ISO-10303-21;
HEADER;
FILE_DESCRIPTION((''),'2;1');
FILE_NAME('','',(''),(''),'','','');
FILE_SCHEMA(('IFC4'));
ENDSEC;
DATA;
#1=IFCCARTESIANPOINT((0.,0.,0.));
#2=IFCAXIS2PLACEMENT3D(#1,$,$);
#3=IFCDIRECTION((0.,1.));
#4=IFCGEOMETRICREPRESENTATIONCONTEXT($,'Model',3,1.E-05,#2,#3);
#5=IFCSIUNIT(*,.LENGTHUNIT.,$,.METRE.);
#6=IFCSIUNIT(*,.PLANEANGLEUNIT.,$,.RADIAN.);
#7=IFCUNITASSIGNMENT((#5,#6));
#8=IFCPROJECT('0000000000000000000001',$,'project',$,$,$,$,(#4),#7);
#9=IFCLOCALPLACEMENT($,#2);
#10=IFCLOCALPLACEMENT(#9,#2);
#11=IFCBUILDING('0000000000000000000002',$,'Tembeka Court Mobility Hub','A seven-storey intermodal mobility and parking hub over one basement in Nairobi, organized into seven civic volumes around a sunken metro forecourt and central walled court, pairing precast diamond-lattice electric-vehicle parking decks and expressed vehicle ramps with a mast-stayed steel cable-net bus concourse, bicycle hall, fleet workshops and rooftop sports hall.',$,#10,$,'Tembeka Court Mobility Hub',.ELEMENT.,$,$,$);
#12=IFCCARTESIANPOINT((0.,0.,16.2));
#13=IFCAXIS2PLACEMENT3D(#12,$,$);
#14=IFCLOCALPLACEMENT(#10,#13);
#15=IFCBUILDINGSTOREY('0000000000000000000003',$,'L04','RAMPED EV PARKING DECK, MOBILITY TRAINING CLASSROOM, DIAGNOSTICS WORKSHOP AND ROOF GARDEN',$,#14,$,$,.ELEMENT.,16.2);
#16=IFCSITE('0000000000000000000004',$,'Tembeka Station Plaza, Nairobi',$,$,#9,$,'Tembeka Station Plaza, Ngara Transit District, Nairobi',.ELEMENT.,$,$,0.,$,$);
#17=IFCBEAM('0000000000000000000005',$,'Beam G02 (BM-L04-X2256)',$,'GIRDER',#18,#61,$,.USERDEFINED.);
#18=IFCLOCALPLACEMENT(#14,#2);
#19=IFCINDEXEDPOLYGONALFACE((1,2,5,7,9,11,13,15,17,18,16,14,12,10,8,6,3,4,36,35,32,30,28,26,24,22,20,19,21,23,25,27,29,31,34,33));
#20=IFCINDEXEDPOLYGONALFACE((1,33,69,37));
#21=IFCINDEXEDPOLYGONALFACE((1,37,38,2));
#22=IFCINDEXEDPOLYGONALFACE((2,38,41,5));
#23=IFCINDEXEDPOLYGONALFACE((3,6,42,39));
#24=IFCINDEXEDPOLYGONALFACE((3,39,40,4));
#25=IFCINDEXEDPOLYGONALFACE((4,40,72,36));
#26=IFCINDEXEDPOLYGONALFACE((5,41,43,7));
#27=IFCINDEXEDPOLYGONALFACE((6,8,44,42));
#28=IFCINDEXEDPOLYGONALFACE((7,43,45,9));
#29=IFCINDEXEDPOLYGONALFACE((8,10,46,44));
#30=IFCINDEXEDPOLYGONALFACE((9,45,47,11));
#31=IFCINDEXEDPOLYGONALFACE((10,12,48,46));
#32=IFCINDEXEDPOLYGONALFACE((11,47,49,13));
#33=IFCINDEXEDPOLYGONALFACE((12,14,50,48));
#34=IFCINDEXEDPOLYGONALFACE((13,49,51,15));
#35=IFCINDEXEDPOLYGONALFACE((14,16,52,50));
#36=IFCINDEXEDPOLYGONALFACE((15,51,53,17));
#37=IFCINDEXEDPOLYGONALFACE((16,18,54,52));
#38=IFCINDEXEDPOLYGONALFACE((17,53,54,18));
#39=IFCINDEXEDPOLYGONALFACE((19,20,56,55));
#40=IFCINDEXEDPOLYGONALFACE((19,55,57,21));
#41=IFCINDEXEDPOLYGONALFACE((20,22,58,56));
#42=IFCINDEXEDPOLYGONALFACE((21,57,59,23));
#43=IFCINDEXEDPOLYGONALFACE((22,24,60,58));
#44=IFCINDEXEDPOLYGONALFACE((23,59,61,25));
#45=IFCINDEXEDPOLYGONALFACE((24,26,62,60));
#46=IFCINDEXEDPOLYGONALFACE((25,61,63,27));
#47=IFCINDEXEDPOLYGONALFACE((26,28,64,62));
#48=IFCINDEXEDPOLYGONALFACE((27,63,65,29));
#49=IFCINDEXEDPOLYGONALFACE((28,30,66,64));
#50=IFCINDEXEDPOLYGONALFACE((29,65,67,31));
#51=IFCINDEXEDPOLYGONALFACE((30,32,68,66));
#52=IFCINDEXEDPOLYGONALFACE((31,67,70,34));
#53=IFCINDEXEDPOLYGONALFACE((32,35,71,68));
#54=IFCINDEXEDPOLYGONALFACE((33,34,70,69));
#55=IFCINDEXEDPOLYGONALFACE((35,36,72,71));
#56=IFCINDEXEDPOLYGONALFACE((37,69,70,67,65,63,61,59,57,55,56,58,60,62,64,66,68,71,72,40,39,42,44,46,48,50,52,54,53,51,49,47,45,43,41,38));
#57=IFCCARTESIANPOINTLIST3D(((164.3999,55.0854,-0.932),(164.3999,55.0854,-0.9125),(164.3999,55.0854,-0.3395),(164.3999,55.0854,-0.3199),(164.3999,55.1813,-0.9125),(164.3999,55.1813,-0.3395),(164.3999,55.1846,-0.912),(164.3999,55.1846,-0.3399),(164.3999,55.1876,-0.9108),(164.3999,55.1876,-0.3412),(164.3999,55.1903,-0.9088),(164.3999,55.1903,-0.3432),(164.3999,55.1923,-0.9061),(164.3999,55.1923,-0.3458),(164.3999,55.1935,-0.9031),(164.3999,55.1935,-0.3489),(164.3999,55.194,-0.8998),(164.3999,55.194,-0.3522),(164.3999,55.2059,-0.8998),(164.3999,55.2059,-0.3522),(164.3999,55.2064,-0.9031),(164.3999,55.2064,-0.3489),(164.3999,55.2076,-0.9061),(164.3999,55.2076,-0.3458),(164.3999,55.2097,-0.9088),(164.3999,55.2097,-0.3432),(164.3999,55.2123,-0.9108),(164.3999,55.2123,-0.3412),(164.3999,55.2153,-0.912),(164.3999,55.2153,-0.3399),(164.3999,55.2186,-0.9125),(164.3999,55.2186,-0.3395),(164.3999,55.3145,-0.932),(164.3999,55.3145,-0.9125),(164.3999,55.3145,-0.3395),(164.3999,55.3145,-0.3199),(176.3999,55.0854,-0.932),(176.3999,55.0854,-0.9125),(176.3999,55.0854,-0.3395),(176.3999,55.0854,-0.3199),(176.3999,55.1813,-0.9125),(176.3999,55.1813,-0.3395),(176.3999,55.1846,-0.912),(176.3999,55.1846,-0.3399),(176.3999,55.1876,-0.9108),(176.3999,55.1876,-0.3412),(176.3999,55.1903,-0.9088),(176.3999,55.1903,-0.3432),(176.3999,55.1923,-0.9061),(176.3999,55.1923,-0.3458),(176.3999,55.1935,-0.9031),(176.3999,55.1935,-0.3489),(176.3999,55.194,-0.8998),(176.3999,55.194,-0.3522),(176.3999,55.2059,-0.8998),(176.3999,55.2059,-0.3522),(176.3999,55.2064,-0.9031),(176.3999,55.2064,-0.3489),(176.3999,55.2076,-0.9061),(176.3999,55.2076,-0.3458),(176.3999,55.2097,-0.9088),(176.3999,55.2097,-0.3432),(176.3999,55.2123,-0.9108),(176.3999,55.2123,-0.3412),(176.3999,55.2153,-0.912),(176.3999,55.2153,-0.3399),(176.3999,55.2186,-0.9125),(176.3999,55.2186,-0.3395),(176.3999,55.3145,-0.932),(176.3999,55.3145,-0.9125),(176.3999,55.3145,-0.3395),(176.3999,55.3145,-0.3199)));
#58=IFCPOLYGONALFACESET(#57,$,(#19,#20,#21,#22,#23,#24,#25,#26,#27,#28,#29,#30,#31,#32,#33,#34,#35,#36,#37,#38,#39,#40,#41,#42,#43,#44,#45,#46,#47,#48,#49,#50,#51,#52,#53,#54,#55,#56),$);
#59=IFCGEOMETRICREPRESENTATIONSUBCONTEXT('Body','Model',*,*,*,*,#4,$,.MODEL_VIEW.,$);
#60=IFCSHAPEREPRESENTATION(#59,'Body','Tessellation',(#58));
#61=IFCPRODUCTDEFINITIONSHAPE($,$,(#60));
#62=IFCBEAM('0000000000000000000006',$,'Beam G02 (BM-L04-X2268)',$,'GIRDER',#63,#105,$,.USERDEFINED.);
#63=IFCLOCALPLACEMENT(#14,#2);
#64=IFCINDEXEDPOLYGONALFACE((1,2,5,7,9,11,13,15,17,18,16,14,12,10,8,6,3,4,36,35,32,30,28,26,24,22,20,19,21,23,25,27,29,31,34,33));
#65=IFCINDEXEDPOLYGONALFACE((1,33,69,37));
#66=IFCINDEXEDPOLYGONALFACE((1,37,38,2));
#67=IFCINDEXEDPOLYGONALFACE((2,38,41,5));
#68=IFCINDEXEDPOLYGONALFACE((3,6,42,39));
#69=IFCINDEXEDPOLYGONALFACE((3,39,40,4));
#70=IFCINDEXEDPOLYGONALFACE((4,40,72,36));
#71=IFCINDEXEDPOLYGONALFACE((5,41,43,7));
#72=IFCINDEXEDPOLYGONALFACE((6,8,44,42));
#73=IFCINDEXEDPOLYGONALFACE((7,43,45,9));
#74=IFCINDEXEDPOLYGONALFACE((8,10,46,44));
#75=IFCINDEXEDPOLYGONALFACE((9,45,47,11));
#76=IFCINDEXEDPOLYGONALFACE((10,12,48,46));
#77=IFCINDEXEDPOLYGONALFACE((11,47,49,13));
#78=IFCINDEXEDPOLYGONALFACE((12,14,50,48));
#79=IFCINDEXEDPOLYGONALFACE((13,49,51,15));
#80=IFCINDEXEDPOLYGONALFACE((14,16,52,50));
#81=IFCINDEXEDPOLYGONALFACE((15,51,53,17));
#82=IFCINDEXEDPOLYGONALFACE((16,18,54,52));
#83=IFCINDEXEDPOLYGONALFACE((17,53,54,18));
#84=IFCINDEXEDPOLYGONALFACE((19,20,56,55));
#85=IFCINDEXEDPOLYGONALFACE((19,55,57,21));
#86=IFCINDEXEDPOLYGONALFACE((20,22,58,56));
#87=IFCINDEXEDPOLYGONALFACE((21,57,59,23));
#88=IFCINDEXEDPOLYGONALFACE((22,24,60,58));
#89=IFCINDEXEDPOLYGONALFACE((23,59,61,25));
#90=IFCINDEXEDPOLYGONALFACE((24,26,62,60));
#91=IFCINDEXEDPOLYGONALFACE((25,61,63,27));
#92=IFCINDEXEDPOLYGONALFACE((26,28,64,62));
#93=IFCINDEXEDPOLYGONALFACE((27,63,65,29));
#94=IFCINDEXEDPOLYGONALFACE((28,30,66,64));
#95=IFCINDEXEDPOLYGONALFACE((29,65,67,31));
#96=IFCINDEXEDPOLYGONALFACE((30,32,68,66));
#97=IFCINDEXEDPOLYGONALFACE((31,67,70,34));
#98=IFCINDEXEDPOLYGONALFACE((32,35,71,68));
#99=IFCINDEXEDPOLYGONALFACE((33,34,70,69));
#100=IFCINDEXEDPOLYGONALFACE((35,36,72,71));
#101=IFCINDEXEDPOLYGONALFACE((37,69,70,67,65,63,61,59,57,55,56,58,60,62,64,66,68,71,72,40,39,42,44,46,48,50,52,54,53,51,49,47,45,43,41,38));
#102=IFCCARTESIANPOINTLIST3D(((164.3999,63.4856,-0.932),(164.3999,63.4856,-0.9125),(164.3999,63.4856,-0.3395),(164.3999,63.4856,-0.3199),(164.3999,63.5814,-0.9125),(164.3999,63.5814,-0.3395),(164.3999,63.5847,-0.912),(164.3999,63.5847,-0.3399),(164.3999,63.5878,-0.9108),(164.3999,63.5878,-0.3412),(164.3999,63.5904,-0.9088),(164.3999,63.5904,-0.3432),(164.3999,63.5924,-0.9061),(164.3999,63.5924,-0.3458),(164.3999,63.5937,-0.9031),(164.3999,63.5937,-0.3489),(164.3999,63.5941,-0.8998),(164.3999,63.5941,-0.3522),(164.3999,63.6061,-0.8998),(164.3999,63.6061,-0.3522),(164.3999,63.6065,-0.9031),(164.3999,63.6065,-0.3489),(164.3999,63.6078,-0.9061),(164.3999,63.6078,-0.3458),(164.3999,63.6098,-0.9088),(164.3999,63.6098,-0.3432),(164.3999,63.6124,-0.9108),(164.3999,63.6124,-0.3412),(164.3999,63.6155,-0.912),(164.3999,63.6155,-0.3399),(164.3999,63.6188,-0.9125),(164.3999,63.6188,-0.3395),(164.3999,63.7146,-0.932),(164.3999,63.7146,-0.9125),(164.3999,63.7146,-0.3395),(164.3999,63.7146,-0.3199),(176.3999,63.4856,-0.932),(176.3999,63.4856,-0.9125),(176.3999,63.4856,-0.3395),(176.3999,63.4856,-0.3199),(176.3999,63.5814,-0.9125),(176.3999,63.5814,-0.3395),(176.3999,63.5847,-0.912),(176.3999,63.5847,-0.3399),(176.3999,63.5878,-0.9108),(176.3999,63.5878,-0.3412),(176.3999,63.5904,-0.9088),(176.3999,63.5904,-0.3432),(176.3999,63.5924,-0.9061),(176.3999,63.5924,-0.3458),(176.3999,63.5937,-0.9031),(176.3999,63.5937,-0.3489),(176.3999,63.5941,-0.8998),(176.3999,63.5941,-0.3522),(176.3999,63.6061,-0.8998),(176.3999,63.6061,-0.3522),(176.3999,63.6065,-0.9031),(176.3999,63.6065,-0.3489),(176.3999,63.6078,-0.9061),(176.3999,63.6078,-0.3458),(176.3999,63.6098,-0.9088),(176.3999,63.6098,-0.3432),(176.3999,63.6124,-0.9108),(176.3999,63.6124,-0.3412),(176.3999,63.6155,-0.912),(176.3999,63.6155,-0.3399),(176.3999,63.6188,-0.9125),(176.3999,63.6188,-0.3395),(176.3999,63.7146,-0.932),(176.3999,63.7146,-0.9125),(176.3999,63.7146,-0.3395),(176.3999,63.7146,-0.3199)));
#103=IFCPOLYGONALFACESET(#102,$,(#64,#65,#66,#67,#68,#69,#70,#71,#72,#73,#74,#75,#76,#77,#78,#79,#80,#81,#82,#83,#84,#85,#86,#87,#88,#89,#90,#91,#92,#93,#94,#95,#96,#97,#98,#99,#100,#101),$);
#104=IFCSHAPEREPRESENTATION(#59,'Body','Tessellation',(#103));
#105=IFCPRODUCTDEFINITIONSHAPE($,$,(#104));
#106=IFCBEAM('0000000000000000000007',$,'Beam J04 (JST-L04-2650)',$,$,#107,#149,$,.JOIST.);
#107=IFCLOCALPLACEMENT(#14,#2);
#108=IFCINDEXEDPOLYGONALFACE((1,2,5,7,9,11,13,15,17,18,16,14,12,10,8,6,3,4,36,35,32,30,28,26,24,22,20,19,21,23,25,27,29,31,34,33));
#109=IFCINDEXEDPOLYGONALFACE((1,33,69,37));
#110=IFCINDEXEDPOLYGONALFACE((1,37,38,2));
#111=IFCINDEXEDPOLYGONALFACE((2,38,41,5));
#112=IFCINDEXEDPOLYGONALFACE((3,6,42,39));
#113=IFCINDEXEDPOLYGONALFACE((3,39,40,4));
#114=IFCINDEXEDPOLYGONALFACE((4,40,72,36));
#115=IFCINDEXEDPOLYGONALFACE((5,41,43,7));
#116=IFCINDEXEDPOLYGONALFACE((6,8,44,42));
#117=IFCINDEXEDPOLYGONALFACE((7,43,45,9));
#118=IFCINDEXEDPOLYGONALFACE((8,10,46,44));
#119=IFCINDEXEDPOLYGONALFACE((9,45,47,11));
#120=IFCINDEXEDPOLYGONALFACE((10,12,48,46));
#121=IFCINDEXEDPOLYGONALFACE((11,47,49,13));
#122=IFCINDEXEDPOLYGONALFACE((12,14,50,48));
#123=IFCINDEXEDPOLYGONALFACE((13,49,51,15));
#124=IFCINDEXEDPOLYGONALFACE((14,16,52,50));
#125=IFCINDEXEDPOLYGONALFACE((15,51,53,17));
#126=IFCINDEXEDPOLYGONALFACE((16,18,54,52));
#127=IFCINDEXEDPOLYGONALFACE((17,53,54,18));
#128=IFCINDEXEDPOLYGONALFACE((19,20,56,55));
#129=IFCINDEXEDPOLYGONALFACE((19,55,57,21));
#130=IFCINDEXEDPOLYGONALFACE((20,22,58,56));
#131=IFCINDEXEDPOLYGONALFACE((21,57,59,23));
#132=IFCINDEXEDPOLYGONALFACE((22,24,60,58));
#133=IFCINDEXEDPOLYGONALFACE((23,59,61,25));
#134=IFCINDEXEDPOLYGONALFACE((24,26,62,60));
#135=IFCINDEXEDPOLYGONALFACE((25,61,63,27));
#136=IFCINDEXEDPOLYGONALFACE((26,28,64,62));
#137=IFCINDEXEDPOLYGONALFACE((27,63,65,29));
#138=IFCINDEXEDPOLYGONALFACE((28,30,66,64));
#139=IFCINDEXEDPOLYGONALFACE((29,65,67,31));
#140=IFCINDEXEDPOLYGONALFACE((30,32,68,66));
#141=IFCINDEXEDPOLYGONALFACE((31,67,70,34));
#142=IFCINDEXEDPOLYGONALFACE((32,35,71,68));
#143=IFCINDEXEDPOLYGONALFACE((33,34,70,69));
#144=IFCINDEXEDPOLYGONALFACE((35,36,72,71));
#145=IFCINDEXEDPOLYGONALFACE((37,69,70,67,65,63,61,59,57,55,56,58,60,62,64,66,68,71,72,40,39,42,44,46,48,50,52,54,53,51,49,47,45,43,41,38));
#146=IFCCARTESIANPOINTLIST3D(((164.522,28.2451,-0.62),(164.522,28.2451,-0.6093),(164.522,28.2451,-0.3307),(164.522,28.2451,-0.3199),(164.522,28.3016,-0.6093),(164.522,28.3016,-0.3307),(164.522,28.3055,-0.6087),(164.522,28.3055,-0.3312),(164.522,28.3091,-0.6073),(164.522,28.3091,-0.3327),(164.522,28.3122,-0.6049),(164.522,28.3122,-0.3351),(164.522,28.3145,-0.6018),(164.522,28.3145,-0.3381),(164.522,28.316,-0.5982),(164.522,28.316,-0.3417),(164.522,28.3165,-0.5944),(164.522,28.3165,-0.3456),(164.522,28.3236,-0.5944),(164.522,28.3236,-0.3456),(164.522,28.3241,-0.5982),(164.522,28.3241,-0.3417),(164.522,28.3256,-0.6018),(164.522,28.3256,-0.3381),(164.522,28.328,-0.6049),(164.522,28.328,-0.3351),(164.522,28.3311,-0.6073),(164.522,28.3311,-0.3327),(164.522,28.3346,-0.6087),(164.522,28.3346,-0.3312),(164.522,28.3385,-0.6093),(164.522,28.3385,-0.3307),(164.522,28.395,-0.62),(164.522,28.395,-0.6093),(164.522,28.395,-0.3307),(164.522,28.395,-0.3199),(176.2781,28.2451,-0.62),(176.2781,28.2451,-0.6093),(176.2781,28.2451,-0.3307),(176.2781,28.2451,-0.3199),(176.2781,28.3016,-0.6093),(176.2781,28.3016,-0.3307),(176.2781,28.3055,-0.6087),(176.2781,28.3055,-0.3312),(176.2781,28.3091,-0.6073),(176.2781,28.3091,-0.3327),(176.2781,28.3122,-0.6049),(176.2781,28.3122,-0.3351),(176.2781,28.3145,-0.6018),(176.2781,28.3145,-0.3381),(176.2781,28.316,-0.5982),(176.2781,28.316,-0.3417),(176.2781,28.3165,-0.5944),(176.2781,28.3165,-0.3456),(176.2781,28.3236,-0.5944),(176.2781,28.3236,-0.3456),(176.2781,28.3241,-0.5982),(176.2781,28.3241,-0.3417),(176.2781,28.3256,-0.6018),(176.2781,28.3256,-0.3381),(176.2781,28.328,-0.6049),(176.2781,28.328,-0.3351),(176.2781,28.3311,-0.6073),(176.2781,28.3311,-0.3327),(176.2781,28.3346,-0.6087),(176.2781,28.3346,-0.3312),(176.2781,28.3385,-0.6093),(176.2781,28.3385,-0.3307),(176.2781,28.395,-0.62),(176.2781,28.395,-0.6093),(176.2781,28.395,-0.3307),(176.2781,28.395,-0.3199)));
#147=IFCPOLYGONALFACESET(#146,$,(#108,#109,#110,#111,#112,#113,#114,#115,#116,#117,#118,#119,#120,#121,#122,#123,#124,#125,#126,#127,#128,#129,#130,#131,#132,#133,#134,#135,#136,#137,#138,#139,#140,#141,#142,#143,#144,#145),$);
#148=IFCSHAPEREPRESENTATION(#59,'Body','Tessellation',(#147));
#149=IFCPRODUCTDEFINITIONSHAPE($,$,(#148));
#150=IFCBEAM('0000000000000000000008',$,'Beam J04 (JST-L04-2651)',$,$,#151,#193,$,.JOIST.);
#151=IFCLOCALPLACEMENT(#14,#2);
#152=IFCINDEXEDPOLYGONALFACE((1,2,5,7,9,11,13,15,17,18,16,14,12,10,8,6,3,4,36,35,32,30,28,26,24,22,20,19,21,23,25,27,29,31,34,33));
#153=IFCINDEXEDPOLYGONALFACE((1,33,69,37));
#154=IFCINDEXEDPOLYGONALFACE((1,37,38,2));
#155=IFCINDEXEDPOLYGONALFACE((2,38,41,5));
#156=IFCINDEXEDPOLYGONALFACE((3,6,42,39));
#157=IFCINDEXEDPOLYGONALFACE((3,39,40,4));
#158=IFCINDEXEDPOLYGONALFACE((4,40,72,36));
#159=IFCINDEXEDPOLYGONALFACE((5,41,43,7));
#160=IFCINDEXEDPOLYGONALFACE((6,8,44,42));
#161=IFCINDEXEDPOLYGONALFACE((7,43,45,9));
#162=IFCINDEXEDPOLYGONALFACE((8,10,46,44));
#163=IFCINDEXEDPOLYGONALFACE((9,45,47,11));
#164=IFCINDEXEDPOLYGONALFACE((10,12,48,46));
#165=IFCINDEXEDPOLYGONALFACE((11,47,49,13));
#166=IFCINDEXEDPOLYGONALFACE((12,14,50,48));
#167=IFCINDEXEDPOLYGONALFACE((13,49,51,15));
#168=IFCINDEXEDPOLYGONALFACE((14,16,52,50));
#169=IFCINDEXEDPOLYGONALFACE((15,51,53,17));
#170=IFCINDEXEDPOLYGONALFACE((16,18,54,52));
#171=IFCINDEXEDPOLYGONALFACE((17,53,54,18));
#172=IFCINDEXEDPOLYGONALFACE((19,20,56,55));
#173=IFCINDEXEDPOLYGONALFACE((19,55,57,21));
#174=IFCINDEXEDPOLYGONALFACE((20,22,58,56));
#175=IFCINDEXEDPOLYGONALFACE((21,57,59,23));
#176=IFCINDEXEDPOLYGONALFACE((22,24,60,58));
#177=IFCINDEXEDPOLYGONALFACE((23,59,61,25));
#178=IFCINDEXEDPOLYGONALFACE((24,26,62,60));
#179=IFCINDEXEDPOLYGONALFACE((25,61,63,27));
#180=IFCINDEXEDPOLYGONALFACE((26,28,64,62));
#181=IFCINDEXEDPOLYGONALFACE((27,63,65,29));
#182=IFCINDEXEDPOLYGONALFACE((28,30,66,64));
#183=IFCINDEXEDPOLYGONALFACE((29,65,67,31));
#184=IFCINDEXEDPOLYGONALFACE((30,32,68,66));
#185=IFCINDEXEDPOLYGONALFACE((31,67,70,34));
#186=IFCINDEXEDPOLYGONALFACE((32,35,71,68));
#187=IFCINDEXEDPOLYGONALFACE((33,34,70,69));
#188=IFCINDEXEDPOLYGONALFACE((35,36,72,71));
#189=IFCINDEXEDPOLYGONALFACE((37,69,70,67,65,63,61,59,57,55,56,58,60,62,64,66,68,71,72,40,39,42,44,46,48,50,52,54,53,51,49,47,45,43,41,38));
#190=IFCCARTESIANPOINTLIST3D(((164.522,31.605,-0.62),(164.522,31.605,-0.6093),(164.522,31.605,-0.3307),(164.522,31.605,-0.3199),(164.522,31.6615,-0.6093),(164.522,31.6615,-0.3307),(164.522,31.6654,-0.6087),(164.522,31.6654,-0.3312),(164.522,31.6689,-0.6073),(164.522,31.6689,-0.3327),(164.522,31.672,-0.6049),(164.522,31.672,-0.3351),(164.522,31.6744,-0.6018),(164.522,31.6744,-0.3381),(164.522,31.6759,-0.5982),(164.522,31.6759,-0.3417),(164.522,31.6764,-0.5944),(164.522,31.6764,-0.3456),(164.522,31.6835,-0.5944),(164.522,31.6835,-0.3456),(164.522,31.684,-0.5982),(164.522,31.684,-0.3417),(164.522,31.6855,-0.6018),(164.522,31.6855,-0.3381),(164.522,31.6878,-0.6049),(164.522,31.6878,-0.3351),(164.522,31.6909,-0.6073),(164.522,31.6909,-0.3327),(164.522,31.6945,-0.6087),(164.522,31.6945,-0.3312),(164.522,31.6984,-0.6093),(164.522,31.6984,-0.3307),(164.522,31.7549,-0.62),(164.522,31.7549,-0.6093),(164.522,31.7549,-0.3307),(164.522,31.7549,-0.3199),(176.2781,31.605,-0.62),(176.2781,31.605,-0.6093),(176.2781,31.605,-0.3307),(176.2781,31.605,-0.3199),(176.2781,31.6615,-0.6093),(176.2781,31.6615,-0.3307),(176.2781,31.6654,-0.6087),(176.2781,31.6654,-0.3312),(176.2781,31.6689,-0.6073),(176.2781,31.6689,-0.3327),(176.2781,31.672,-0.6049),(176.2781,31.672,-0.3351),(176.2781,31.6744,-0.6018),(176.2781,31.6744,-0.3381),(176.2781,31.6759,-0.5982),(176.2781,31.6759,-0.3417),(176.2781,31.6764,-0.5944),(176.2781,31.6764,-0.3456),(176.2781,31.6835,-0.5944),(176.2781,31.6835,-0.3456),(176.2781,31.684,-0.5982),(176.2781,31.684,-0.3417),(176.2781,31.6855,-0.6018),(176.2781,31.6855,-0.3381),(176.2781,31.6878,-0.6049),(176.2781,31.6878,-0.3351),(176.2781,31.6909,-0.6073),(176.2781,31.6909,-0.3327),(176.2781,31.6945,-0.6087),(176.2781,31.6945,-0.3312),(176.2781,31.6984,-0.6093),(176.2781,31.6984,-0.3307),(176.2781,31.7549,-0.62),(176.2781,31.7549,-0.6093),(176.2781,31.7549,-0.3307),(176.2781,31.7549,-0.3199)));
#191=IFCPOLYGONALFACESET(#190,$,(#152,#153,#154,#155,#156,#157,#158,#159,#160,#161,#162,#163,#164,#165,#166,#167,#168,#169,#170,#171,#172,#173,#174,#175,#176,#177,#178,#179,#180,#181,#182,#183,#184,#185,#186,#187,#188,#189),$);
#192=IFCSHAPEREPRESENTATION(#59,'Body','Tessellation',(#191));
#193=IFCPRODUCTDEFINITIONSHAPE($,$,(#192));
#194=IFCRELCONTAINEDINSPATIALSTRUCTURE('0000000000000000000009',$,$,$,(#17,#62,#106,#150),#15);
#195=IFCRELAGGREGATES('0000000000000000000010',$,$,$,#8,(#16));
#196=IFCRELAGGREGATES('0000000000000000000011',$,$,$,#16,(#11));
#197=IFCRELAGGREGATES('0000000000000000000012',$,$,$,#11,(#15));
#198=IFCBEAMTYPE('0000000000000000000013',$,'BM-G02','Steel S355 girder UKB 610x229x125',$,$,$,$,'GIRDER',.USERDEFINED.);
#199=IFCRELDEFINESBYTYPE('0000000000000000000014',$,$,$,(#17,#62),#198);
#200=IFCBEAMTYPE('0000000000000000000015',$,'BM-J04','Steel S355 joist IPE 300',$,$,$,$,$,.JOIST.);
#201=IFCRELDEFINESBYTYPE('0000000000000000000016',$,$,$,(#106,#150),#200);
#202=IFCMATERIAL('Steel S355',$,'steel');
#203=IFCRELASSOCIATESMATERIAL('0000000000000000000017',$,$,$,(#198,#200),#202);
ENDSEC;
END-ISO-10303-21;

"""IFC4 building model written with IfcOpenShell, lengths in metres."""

from ifc_helpers import new_model, si_unit, direction, frame, origin, origin_2d, place, context, subcontext, project, spatial, i_section, extrude, material, material_profile, profile_set, type_object, element, save


model = new_model("IFC4")

# Units and contexts
model_context = context("Model", 3, precision=1e-05, world=origin(), true_north=direction((0.0, 1.0)))
body_context = subcontext(model_context, "Body", "Model", "MODEL_VIEW")
ifc_project = project(units=[si_unit("LENGTHUNIT", "METRE"), si_unit("PLANEANGLEUNIT", "RADIAN")], contexts=[model_context])

# Site, building, storey
site_placement = place(None, origin())
site = spatial("IfcSite", under=ifc_project, at=site_placement, Name="Tembeka Station Plaza, Nairobi", LongName="Tembeka Station Plaza, Ngara Transit District, Nairobi", CompositionType="ELEMENT", RefElevation=0.0)
building_placement = place(site_placement, origin())
building = spatial("IfcBuilding", under=site, at=building_placement, Name="Tembeka Court Mobility Hub", Description="A seven-storey intermodal mobility and parking hub over one basement in Nairobi, organized into seven civic volumes around a sunken metro forecourt and central walled court, pairing precast diamond-lattice electric-vehicle parking decks and expressed vehicle ramps with a mast-stayed steel cable-net bus concourse, bicycle hall, fleet workshops and rooftop sports hall.", LongName="Tembeka Court Mobility Hub", CompositionType="ELEMENT")
storey_placement = place(building_placement, frame((0.0, 0.0, 16.2)))
storey = spatial("IfcBuildingStorey", under=building, at=storey_placement, Name="L04", Description="RAMPED EV PARKING DECK, MOBILITY TRAINING CLASSROOM, DIAGNOSTICS WORKSHOP AND ROOF GARDEN", CompositionType="ELEMENT", Elevation=16.2)

# Beams
ifc_material_1 = material(Name="Steel S355", Category="steel")
ifc_material_profile_1 = material_profile(ifc_material_1, i_section(OverallWidth=0.229, OverallDepth=0.6121, WebThickness=0.012, FlangeThickness=0.0195, FilletRadius=0.0127, at=origin_2d()), Name="UKB 610x229x125")
ifc_profile_set_1 = profile_set([ifc_material_profile_1], Name="Steel S355")
beam_type_1 = type_object("IfcBeamType", Name="BM-G02", Description="Steel S355 girder UKB 610x229x125", ElementType="GIRDER", PredefinedType="USERDEFINED", material=ifc_profile_set_1)
for number, where, z_axis, x_axis, name in (
    (1, (164.3999, 55.2, -0.626), (1.0, 0.0, 0.0), (0.0, 1.0, 0.0), "Beam G02 (BM-L04-X2256)"),
    (2, (164.3999, 63.6001, -0.626), (1.0, 0.0, 0.0), (0.0, 1.0, 0.0), "Beam G02 (BM-L04-X2268)"),
):
    element("IfcBeam", number, at=place(storey_placement, frame(where, z_axis=z_axis, x_axis=x_axis)), inside=storey, type_object=beam_type_1, Name=name, ObjectType="GIRDER", PredefinedType="USERDEFINED", context=body_context, shape_type="SweptSolid", body=[
        extrude(i_section(OverallWidth=0.229, OverallDepth=0.6121, WebThickness=0.012, FlangeThickness=0.0195, FilletRadius=0.0127, at=origin_2d()), origin(), (0.0, 0.0, 1.0), 12.0),
    ])
ifc_material_profile_2 = material_profile(ifc_material_1, i_section(OverallWidth=0.1499, OverallDepth=0.3, WebThickness=0.0071, FlangeThickness=0.0107, FilletRadius=0.0149, at=origin_2d()), Name="IPE 300")
ifc_profile_set_2 = profile_set([ifc_material_profile_2], Name="Steel S355")
beam_type_2 = type_object("IfcBeamType", Name="BM-J04", Description="Steel S355 joist IPE 300", PredefinedType="JOIST", material=ifc_profile_set_2)
for number, where, z_axis, x_axis, name in (
    (3, (164.522, 28.3201, -0.47), (1.0, 0.0, 0.0), (0.0, 1.0, 0.0), "Beam J04 (JST-L04-2650)"),
    (4, (164.522, 31.6799, -0.47), (1.0, 0.0, 0.0), (0.0, 1.0, 0.0), "Beam J04 (JST-L04-2651)"),
):
    element("IfcBeam", number, at=place(storey_placement, frame(where, z_axis=z_axis, x_axis=x_axis)), inside=storey, type_object=beam_type_2, Name=name, PredefinedType="JOIST", context=body_context, shape_type="SweptSolid", body=[
        extrude(i_section(OverallWidth=0.1499, OverallDepth=0.3, WebThickness=0.0071, FlangeThickness=0.0107, FilletRadius=0.0149, at=origin_2d()), origin(), (0.0, 0.0, 1.0), 11.7561),
    ])

save(model, "model.ifc")
